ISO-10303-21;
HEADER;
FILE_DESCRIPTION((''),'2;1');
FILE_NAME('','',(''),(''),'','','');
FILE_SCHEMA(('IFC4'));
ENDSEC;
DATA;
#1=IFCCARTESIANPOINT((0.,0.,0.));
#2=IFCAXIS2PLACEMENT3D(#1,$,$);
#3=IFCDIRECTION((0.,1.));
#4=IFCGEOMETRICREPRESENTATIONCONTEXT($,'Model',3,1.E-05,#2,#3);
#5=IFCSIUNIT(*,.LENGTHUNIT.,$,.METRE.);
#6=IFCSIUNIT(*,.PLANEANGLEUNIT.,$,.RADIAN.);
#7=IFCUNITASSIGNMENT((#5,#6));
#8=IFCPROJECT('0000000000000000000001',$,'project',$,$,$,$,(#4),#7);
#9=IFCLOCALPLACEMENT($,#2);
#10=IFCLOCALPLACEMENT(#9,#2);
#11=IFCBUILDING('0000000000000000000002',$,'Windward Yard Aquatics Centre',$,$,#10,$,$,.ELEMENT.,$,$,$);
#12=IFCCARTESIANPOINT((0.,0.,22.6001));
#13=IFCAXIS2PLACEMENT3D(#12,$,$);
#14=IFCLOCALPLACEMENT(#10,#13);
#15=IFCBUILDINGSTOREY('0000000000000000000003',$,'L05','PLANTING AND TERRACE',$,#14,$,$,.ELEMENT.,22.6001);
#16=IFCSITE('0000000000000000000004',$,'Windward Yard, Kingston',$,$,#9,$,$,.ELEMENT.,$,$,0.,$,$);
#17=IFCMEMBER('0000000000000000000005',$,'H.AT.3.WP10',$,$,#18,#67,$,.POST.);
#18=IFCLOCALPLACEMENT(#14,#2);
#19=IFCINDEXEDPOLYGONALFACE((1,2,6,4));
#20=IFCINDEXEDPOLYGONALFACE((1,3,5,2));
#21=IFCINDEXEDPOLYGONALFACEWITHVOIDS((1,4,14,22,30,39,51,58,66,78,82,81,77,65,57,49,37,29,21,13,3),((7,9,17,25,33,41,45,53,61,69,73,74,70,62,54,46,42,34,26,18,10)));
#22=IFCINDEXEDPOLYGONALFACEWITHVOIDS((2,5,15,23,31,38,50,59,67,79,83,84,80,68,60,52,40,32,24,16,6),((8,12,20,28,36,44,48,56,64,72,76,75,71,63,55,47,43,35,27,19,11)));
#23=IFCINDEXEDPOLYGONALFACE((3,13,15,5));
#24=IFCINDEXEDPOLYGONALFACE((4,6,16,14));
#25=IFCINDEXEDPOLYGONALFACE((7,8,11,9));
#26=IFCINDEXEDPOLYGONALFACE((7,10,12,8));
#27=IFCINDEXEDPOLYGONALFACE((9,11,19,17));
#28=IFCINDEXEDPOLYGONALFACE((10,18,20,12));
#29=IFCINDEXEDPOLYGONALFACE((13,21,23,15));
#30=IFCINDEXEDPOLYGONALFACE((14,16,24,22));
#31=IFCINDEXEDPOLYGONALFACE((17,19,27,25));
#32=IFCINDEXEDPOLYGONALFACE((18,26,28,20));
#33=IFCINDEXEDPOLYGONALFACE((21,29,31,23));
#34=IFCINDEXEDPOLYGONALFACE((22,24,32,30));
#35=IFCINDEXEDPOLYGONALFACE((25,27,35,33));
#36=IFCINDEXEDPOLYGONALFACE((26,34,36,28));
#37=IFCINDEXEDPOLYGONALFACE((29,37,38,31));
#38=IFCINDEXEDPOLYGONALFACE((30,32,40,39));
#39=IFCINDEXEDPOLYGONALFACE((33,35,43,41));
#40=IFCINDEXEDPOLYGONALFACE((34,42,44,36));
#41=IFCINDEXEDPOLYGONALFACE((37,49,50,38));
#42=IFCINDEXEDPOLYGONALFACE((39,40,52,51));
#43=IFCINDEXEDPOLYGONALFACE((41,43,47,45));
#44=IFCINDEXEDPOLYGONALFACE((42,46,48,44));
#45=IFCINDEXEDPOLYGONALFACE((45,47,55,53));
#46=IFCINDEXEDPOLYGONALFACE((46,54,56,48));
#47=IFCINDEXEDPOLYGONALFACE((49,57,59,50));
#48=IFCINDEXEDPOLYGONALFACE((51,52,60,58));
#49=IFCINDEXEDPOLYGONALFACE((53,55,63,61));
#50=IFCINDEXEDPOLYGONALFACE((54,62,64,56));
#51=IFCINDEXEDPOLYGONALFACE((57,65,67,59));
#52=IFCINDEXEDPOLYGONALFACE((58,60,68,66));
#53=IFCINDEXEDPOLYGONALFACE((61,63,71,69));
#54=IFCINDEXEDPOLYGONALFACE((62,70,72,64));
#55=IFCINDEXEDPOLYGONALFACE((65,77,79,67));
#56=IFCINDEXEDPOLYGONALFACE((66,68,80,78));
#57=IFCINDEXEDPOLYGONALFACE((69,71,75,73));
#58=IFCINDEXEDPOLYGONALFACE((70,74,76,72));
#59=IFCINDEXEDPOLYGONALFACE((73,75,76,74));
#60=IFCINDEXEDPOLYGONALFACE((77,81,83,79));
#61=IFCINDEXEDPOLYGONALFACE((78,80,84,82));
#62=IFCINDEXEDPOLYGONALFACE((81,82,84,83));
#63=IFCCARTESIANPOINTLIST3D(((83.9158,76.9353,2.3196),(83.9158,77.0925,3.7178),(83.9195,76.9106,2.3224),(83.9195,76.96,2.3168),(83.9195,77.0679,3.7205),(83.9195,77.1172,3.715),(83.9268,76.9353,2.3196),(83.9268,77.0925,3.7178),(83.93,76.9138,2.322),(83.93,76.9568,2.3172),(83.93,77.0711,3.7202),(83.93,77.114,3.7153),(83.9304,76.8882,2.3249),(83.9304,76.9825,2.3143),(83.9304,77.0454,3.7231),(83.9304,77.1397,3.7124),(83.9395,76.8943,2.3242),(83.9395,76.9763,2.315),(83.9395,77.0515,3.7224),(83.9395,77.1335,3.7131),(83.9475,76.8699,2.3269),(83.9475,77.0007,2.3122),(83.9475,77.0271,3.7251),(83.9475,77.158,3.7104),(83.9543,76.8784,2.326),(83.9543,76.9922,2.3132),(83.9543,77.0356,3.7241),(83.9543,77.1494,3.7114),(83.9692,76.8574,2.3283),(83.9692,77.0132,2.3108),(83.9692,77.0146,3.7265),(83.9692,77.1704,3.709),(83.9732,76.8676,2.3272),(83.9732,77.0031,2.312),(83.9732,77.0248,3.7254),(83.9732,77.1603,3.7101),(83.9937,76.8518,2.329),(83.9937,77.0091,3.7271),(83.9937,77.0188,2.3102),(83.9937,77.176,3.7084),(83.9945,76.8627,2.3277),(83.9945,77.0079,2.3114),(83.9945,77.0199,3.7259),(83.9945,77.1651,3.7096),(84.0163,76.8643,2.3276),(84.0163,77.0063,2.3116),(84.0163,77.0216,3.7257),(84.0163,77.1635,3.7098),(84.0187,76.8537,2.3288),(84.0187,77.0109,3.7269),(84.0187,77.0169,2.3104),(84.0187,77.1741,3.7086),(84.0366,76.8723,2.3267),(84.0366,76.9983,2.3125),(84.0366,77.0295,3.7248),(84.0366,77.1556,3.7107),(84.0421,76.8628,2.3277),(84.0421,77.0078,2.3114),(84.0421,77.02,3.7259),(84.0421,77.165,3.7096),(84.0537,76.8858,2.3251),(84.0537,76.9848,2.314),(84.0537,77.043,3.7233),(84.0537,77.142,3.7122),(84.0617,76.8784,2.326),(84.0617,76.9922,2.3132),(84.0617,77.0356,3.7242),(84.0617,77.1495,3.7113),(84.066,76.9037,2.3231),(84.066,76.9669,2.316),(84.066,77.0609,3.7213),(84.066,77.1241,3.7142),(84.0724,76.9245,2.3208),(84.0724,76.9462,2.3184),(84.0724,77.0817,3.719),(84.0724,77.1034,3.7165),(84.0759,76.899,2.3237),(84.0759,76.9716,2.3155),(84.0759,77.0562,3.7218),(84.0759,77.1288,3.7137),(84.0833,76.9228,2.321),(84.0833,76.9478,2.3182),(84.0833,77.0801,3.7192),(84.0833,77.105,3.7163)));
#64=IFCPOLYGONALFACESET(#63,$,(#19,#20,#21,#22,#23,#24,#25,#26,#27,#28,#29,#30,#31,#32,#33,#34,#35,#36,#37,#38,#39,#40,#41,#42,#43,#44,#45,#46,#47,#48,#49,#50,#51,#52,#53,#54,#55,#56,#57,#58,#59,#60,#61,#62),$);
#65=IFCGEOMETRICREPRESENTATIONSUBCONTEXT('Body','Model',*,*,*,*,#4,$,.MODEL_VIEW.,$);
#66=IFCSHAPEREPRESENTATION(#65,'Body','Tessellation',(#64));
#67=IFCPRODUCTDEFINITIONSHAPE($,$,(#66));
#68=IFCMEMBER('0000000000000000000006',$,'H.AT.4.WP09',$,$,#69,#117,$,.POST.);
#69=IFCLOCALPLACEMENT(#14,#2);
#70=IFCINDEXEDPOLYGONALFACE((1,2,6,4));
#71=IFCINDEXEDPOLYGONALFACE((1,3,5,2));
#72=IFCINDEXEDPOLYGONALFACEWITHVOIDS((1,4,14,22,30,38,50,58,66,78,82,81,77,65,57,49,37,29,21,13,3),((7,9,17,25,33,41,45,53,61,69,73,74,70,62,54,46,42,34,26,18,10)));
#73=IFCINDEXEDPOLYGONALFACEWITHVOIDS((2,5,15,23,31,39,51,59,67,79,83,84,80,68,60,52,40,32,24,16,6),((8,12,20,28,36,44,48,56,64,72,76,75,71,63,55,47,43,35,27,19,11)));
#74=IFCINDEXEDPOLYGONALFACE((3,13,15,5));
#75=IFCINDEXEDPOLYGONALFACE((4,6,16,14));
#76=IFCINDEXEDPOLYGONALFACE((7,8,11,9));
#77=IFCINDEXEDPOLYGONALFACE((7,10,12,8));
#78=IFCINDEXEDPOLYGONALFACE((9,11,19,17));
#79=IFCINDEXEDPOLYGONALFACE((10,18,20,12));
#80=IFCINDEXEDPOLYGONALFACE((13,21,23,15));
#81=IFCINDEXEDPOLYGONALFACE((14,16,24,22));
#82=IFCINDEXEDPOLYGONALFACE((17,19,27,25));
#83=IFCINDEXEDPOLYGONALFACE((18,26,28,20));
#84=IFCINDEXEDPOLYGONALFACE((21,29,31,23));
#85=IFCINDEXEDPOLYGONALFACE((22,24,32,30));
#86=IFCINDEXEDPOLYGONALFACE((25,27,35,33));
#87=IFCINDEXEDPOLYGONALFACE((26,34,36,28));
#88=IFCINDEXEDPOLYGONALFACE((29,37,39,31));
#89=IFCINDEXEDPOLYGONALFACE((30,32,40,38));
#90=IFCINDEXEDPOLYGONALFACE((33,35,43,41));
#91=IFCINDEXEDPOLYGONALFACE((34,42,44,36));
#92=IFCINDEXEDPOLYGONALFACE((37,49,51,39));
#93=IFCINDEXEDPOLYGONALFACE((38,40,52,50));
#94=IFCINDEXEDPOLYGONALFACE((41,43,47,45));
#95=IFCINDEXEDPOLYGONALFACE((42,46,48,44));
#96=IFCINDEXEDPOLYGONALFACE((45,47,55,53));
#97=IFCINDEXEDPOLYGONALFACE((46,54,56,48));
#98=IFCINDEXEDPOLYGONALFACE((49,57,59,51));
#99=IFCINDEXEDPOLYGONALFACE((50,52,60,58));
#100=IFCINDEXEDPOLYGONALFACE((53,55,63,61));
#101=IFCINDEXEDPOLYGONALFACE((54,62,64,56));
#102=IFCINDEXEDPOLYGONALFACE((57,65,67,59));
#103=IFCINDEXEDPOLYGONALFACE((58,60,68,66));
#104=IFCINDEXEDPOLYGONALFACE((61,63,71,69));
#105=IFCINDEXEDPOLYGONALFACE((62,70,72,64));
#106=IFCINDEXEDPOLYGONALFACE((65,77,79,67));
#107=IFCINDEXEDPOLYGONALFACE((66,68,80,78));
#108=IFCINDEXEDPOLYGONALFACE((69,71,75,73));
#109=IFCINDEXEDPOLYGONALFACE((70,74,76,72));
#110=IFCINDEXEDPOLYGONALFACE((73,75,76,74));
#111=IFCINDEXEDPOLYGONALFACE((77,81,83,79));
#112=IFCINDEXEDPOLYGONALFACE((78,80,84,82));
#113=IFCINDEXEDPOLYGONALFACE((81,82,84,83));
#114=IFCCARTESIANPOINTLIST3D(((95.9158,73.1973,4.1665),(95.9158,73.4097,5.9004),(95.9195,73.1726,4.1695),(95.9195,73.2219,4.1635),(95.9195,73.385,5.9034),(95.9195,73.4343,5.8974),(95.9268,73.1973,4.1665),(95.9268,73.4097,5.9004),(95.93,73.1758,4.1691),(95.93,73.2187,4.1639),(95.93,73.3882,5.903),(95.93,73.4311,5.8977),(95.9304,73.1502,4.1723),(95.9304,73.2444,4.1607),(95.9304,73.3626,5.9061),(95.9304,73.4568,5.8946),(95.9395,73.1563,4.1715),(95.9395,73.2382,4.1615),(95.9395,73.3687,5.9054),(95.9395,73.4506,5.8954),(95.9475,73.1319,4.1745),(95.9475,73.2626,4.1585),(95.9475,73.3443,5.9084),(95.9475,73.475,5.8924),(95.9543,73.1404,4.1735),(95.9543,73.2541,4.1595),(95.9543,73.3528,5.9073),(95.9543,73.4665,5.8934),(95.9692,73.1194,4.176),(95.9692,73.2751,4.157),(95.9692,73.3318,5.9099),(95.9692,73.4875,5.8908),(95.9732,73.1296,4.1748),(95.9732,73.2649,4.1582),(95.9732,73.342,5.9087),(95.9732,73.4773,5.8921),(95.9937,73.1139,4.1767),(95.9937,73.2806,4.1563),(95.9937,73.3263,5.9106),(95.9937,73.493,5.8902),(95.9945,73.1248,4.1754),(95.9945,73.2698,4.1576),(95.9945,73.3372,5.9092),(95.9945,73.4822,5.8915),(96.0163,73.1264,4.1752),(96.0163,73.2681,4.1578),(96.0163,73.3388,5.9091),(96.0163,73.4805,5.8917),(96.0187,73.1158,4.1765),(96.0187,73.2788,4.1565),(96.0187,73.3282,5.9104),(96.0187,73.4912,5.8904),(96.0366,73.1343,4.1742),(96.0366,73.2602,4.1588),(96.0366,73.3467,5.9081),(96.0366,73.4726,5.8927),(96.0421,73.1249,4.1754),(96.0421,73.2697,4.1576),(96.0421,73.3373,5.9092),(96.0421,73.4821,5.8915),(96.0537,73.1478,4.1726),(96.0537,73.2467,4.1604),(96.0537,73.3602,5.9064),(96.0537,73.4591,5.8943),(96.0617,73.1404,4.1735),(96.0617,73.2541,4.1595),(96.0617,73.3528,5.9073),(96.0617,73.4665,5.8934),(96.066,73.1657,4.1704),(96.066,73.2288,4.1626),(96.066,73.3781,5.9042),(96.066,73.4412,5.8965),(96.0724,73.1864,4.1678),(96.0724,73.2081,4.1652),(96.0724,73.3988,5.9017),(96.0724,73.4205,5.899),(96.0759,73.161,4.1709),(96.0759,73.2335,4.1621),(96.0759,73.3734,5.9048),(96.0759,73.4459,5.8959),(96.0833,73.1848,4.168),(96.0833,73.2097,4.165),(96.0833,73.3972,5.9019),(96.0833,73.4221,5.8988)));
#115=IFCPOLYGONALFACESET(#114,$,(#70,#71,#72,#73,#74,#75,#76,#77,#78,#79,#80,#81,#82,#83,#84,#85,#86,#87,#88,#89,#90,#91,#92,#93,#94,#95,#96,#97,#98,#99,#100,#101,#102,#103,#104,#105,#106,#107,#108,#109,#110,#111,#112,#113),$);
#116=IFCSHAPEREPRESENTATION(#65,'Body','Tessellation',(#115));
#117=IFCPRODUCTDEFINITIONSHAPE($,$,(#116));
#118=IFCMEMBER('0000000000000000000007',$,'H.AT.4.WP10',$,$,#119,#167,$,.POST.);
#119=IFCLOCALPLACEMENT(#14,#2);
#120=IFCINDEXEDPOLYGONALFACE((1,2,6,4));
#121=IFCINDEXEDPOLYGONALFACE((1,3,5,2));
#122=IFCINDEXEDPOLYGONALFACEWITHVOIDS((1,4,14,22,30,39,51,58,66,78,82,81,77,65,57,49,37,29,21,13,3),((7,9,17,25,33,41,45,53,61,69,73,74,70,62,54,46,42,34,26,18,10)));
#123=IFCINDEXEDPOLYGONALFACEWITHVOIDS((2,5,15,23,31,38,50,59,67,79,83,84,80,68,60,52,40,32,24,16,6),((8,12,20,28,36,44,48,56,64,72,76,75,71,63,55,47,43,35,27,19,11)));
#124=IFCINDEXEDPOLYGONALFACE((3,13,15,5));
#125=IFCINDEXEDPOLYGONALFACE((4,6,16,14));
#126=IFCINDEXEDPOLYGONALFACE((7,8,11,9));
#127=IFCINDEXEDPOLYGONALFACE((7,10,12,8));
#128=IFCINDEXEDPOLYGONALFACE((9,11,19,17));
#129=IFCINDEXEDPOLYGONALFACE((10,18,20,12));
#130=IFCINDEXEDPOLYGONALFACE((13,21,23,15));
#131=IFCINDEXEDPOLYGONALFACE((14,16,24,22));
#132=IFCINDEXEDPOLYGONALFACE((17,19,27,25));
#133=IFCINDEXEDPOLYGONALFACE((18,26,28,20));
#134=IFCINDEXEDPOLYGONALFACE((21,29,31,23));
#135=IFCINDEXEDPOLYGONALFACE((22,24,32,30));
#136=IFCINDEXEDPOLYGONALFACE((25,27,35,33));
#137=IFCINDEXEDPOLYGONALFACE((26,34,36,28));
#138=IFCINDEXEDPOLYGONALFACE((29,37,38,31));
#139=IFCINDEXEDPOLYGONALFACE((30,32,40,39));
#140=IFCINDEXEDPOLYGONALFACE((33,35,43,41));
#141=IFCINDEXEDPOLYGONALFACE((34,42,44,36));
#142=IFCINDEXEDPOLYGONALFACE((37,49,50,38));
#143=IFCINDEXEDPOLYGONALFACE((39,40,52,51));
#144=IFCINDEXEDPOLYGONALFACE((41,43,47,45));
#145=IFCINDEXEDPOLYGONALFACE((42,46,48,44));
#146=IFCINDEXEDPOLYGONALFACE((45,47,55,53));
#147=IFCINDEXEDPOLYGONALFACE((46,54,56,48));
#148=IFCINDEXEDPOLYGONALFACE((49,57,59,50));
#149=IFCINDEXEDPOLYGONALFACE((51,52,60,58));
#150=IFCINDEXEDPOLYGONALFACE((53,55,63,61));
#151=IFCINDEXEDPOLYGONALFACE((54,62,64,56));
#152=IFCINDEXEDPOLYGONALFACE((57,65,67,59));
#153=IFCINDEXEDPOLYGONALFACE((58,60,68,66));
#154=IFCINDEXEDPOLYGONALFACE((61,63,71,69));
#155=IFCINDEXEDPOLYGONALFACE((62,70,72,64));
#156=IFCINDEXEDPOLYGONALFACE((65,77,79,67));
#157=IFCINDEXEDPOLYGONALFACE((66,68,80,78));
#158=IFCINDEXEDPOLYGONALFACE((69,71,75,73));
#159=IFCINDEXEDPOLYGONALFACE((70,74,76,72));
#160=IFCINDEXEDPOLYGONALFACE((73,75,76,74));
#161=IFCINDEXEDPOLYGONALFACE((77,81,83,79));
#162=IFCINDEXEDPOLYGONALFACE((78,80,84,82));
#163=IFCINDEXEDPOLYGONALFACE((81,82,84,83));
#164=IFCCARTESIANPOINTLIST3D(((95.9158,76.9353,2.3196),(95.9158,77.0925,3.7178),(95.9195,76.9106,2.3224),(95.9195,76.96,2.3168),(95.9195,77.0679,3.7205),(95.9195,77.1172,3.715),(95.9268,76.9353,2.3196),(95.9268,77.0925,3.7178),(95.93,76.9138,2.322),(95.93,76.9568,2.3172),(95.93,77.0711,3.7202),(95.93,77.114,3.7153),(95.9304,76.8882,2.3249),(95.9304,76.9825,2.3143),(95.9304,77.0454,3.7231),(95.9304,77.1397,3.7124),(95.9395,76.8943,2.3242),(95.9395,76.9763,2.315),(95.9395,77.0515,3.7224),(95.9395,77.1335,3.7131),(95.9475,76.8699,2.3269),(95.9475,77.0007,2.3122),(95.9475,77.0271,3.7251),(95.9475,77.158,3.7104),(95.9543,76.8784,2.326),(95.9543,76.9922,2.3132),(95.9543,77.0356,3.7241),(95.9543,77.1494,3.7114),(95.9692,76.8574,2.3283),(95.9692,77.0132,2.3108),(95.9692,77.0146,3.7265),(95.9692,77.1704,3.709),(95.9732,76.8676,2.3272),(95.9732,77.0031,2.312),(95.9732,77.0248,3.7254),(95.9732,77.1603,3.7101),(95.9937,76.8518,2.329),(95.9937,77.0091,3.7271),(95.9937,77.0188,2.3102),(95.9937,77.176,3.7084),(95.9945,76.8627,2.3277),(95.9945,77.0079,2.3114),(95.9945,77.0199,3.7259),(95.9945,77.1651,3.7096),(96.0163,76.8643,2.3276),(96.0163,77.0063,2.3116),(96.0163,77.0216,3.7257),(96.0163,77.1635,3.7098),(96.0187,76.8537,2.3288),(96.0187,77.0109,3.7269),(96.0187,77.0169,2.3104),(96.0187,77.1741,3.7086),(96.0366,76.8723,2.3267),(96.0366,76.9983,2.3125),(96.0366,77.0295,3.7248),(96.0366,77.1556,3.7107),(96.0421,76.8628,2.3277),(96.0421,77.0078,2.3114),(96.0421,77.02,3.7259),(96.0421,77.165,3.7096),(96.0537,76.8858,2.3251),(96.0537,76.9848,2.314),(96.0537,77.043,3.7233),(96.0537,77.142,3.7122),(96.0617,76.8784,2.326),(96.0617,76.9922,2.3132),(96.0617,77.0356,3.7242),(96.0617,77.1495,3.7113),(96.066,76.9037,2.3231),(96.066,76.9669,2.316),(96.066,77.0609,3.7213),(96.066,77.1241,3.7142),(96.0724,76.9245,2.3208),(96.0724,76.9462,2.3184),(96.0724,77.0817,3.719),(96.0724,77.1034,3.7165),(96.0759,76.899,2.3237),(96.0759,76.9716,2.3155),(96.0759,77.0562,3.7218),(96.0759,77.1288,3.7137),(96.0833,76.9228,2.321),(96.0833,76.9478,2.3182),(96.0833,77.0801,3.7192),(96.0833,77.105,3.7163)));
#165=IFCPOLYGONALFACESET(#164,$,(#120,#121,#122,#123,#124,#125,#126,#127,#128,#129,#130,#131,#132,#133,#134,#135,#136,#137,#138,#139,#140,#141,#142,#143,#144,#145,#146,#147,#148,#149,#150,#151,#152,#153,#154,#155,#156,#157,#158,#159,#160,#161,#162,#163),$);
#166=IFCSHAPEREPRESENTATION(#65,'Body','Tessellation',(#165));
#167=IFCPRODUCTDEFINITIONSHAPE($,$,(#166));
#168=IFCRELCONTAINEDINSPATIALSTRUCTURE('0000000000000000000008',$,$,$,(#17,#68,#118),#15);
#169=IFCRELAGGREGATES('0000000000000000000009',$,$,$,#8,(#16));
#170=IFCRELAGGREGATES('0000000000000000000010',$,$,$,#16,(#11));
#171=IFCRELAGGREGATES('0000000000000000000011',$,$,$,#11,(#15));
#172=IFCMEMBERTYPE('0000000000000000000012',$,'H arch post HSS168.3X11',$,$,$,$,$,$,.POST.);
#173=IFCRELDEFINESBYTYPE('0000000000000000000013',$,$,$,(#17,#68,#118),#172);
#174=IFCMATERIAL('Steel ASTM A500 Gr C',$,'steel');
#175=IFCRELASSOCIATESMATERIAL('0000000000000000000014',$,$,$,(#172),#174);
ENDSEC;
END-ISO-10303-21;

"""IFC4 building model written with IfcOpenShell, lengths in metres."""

from ifc_helpers import new_model, si_unit, direction, frame, origin, origin_2d, place, context, subcontext, project, spatial, hollow_circle, extrude, material, material_profile, profile_set, type_object, element, save


model = new_model("IFC4")

# Units and contexts
model_context = context("Model", 3, precision=1e-05, world=origin(), true_north=direction((0.0, 1.0)))
body_context = subcontext(model_context, "Body", "Model", "MODEL_VIEW")
ifc_project = project(units=[si_unit("LENGTHUNIT", "METRE"), si_unit("PLANEANGLEUNIT", "RADIAN")], contexts=[model_context])

# Site, building, storey
site_placement = place(None, origin())
site = spatial("IfcSite", under=ifc_project, at=site_placement, Name="Windward Yard, Kingston", CompositionType="ELEMENT", RefElevation=0.0)
building_placement = place(site_placement, origin())
building = spatial("IfcBuilding", under=site, at=building_placement, Name="Windward Yard Aquatics Centre", CompositionType="ELEMENT")
storey_placement = place(building_placement, frame((0.0, 0.0, 22.6001)))
storey = spatial("IfcBuildingStorey", under=building, at=storey_placement, Name="L05", Description="PLANTING AND TERRACE", CompositionType="ELEMENT", Elevation=22.6001)

# Members
ifc_material_1 = material(Name="Steel ASTM A500 Gr C", Category="steel")
ifc_material_profile_1 = material_profile(ifc_material_1, hollow_circle(Radius=0.0842, WallThickness=0.011, at=origin_2d()), Name="HSS168.3X11")
ifc_profile_set_1 = profile_set([ifc_material_profile_1], Name="Steel ASTM A500 Gr C")
member_type_1 = type_object("IfcMemberType", Name="H arch post HSS168.3X11", PredefinedType="POST", material=ifc_profile_set_1)
member_1_placement = place(storey_placement, frame((84.0, 76.9353, 2.3196), z_axis=(0.0, 0.111746, 0.993737), x_axis=(-1.0, 0.0, 0.0)))
element("IfcMember", 1, at=member_1_placement, inside=storey, type_object=member_type_1, Name="H.AT.3.WP10", PredefinedType="POST", context=body_context, shape_type="SweptSolid", body=[
    extrude(hollow_circle(Radius=0.0842, WallThickness=0.011, at=origin_2d()), origin(), (0.0, 0.0, 1.0), 1.407),
])
member_2_placement = place(storey_placement, frame((96.0, 73.1973, 4.1665), z_axis=(0.0, 0.121592, 0.99258), x_axis=(-1.0, 0.0, 0.0)))
element("IfcMember", 2, at=member_2_placement, inside=storey, type_object=member_type_1, Name="H.AT.4.WP09", PredefinedType="POST", context=body_context, shape_type="SweptSolid", body=[
    extrude(hollow_circle(Radius=0.0842, WallThickness=0.011, at=origin_2d()), origin(), (0.0, 0.0, 1.0), 1.7468),
])
member_3_placement = place(storey_placement, frame((96.0, 76.9353, 2.3196), z_axis=(0.0, 0.111746, 0.993737), x_axis=(-1.0, 0.0, 0.0)))
element("IfcMember", 3, at=member_3_placement, inside=storey, type_object=member_type_1, Name="H.AT.4.WP10", PredefinedType="POST", context=body_context, shape_type="SweptSolid", body=[
    extrude(hollow_circle(Radius=0.0842, WallThickness=0.011, at=origin_2d()), origin(), (0.0, 0.0, 1.0), 1.407),
])

save(model, "model.ifc")
